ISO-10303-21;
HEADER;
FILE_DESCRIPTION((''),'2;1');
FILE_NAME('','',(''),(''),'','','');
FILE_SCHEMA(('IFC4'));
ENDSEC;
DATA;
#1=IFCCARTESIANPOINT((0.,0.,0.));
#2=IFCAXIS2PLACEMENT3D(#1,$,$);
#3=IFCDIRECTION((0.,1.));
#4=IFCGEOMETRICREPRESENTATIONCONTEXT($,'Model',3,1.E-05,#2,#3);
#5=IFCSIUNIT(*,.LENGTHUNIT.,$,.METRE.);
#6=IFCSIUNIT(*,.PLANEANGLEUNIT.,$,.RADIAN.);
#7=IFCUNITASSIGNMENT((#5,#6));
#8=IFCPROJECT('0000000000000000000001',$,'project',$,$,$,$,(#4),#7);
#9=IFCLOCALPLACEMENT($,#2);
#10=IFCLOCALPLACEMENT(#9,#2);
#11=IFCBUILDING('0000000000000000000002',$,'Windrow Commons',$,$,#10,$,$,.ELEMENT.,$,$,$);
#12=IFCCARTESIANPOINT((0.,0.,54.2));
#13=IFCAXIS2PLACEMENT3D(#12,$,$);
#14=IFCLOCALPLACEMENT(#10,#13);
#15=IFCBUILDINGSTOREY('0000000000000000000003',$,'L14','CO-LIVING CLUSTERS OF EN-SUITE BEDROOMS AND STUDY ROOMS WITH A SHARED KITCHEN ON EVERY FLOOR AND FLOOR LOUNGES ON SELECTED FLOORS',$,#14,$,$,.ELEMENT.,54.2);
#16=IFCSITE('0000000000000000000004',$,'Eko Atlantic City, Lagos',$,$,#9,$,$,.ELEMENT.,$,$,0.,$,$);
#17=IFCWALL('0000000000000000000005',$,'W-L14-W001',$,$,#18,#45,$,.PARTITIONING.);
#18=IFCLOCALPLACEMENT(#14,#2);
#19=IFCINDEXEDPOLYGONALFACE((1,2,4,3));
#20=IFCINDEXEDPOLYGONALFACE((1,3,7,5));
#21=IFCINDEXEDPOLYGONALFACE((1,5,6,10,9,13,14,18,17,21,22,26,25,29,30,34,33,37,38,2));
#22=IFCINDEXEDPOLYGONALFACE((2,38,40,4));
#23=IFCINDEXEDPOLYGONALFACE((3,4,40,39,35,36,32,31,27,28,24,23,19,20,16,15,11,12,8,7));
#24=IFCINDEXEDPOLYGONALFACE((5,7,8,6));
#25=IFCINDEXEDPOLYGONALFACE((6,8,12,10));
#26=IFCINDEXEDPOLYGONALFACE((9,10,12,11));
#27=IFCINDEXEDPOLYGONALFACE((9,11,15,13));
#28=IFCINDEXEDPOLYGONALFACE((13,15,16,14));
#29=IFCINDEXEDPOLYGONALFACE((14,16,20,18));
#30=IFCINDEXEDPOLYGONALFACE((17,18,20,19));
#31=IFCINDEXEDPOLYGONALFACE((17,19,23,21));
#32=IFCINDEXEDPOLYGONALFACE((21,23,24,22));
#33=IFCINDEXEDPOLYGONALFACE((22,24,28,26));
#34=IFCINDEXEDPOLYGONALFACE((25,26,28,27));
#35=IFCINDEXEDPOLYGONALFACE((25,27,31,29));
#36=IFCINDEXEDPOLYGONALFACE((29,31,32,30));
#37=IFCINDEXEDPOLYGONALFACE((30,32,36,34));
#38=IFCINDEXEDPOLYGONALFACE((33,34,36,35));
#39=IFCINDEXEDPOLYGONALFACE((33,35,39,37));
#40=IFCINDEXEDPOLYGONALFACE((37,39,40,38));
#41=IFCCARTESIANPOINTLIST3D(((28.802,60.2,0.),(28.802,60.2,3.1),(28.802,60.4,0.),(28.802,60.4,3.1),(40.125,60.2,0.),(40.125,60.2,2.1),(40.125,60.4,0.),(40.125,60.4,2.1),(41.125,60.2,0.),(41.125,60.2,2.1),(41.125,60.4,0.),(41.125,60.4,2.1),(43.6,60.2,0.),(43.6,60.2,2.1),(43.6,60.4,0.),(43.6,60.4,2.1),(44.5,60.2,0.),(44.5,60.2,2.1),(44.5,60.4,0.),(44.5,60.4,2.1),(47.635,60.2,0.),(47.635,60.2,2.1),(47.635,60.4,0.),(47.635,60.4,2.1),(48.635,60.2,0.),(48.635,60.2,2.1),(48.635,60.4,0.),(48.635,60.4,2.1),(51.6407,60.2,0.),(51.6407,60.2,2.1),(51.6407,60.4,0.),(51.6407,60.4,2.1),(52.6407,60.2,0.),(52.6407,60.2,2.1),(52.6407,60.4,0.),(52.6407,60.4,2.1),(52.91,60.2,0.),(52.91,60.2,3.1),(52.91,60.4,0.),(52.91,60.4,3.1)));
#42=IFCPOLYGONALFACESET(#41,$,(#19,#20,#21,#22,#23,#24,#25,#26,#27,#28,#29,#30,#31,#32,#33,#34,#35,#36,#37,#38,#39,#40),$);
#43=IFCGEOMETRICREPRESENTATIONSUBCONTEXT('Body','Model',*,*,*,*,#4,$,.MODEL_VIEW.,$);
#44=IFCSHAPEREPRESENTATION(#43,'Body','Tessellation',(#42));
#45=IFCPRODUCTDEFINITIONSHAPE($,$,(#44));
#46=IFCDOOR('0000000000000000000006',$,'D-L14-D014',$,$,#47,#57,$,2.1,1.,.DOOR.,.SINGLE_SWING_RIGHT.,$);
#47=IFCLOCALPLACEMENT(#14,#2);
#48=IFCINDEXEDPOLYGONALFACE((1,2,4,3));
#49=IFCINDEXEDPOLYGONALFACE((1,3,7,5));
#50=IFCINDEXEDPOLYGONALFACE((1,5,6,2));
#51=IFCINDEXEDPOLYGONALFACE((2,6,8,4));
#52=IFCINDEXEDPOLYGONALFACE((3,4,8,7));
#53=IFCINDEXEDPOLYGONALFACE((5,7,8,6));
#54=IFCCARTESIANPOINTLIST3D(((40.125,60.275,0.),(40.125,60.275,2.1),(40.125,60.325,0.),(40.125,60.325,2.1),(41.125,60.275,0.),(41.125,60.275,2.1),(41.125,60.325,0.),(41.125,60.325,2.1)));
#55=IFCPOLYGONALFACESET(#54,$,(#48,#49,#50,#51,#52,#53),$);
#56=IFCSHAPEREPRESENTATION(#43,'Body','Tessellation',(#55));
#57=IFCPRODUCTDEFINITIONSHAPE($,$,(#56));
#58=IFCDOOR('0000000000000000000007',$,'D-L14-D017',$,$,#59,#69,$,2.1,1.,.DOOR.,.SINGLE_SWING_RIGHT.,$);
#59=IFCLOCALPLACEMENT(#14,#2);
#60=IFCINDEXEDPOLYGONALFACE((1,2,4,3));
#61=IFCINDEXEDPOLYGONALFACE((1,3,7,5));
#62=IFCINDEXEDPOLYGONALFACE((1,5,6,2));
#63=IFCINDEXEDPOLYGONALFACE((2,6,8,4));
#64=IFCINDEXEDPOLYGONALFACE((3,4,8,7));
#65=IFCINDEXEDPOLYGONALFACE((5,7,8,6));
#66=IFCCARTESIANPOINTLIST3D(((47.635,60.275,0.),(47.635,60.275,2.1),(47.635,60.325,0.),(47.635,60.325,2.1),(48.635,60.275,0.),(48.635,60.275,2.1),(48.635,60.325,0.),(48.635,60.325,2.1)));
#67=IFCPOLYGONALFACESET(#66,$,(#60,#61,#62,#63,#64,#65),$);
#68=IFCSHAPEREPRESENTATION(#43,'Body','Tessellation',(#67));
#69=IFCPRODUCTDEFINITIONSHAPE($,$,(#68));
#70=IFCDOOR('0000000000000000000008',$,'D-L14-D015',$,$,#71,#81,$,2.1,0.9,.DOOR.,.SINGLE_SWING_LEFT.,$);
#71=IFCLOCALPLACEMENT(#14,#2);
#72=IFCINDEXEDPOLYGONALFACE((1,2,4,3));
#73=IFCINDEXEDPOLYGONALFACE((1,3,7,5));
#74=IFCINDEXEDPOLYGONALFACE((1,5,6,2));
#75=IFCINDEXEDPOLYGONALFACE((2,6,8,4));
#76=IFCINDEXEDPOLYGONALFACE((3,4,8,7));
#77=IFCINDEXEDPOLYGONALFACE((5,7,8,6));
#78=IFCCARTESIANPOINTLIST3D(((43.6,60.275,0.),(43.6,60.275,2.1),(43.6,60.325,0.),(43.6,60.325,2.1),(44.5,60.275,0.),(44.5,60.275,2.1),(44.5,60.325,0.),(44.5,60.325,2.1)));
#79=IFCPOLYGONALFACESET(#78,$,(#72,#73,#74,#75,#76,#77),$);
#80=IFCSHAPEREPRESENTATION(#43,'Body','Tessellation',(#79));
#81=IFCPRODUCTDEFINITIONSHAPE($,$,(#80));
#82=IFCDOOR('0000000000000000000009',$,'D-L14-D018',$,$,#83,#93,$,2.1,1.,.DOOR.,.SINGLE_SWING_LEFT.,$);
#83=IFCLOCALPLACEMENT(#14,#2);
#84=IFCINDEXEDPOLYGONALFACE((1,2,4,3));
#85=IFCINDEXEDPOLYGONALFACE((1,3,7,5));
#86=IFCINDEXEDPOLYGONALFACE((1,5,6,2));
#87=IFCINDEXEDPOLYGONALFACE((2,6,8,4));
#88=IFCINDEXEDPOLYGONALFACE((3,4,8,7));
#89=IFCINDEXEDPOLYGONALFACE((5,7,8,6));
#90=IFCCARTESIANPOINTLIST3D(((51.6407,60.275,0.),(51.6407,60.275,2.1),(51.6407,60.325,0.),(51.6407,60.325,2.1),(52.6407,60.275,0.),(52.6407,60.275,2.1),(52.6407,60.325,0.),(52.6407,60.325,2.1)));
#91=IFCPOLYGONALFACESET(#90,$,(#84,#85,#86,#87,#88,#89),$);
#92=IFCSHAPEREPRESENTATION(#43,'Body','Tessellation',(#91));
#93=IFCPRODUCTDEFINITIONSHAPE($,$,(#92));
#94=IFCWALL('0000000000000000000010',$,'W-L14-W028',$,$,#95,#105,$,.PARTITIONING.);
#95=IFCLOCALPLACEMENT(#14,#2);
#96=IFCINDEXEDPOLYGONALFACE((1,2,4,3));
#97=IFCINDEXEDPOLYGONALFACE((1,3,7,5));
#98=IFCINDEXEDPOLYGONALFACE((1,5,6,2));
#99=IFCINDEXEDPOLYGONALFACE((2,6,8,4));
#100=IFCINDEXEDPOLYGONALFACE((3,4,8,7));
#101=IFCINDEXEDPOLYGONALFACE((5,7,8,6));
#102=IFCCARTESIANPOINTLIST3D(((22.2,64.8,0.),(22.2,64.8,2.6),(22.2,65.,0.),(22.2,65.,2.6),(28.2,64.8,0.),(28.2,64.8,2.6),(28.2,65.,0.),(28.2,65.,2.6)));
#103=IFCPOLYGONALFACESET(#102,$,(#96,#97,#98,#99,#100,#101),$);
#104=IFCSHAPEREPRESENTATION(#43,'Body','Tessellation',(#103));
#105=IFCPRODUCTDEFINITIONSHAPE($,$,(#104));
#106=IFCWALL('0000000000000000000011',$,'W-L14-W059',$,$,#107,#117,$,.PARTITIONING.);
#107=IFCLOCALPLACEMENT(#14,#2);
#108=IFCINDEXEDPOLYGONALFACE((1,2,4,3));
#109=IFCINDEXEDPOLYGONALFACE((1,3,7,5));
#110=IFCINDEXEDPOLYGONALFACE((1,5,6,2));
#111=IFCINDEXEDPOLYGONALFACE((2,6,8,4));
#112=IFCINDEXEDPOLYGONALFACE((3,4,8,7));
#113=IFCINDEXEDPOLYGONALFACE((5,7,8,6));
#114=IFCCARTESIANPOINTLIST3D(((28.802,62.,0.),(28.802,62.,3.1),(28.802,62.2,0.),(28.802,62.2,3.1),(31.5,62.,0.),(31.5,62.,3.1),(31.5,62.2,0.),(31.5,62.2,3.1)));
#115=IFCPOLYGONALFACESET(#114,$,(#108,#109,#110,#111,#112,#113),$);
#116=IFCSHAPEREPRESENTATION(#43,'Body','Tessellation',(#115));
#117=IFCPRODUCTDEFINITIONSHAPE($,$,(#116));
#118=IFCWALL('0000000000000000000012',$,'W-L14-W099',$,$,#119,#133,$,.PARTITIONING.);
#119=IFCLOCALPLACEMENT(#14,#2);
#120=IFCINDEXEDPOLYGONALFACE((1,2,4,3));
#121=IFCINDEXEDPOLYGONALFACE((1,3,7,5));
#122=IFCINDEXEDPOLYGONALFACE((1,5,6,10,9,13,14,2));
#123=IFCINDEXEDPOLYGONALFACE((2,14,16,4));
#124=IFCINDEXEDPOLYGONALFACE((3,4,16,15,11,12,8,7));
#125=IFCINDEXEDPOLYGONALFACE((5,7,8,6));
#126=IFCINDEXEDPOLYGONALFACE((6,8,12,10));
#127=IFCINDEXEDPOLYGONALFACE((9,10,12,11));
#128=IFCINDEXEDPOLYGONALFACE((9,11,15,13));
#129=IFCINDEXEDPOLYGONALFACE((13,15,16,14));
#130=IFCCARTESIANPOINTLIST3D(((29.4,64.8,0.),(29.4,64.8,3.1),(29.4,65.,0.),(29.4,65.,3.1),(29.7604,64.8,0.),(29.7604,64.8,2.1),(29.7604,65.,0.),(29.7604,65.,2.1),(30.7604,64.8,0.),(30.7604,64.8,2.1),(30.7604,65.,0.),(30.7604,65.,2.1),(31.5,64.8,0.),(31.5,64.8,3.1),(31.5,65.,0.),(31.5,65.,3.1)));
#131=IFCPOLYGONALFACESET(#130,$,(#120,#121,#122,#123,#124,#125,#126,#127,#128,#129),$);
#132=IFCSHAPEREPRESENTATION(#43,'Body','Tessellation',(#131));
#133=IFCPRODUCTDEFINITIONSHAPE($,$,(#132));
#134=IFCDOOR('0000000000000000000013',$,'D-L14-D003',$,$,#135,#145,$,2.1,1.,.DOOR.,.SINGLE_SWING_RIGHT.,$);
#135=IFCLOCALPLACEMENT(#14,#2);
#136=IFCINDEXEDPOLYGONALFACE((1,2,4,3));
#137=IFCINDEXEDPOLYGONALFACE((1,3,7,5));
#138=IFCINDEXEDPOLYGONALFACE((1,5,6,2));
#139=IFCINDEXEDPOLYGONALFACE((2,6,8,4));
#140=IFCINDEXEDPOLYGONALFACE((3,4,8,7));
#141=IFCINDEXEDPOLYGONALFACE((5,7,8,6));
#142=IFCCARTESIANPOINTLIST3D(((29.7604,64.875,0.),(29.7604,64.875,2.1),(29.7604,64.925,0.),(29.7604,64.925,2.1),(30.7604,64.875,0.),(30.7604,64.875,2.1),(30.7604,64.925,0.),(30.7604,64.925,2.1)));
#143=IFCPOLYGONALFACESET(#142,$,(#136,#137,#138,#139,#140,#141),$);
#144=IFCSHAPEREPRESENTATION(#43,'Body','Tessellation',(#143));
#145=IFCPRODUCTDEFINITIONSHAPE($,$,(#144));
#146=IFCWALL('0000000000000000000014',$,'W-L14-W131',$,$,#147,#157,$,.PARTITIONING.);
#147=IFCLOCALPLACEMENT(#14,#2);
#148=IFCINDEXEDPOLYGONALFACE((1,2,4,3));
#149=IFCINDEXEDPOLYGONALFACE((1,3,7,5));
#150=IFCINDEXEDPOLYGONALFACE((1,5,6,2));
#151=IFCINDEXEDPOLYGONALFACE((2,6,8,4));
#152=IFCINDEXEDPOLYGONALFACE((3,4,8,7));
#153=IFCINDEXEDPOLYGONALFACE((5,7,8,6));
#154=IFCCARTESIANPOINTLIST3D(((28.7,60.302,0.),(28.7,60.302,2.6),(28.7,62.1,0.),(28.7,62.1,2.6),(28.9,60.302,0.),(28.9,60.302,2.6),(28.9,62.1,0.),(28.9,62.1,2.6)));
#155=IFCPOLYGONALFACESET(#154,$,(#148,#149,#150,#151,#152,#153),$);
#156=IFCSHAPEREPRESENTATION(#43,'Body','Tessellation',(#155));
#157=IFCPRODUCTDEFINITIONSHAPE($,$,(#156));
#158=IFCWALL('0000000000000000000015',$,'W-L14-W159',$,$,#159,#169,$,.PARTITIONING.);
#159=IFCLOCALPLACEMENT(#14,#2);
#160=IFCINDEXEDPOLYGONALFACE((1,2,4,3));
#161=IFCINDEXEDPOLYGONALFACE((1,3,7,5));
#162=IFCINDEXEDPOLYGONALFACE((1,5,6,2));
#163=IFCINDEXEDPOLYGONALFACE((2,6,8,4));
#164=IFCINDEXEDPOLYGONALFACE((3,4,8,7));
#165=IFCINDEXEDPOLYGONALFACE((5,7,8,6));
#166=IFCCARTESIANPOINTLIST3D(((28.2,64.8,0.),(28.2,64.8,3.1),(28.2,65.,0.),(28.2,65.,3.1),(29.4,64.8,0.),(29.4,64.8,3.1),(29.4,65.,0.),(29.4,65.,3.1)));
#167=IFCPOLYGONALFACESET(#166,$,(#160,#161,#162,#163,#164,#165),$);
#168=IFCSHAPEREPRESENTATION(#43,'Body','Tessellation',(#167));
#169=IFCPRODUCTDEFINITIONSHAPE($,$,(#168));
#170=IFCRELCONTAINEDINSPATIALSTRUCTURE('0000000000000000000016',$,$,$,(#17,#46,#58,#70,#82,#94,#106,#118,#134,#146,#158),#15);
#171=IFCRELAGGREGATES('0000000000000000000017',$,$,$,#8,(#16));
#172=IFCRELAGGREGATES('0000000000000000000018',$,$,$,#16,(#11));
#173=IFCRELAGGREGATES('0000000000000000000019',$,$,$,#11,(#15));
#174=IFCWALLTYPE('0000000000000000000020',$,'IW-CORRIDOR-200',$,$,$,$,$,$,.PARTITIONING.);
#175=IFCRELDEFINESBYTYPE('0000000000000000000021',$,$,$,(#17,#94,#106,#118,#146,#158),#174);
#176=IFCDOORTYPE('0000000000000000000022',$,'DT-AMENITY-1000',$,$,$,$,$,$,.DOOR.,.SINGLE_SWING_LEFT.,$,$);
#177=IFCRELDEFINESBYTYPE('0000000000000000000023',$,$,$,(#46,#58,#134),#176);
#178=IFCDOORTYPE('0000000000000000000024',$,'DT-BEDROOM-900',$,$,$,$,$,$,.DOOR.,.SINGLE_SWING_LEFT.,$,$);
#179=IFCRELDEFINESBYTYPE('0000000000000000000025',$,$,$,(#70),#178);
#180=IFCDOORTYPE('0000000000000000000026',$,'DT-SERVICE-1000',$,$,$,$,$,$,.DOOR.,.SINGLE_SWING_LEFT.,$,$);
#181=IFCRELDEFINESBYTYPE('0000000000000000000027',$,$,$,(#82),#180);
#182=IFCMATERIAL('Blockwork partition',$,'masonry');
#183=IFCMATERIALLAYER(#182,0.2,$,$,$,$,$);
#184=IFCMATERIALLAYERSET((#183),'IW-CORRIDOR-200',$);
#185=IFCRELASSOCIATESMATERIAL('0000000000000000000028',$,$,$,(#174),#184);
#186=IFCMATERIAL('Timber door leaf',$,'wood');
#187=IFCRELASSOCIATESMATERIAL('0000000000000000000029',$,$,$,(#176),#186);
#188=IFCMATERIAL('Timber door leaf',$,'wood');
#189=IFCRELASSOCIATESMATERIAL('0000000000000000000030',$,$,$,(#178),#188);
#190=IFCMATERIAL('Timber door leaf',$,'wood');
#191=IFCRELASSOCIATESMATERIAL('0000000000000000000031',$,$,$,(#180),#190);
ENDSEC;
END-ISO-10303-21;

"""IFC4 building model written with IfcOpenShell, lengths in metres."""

from ifc_helpers import new_model, si_unit, direction, frame, frame_2d, origin, place, context, subcontext, project, spatial, rectangle, extrude, material, layer, layer_set, type_object, element, fill, save


model = new_model("IFC4")

# Units and contexts
model_context = context("Model", 3, precision=1e-05, world=origin(), true_north=direction((0.0, 1.0)))
body_context = subcontext(model_context, "Body", "Model", "MODEL_VIEW")
ifc_project = project(units=[si_unit("LENGTHUNIT", "METRE"), si_unit("PLANEANGLEUNIT", "RADIAN")], contexts=[model_context])

# Site, building, storey
site_placement = place(None, origin())
site = spatial("IfcSite", under=ifc_project, at=site_placement, Name="Eko Atlantic City, Lagos", CompositionType="ELEMENT", RefElevation=0.0)
building_placement = place(site_placement, origin())
building = spatial("IfcBuilding", under=site, at=building_placement, Name="Windrow Commons", CompositionType="ELEMENT")
storey_placement = place(building_placement, frame((0.0, 0.0, 54.2)))
storey = spatial("IfcBuildingStorey", under=building, at=storey_placement, Name="L14", Description="CO-LIVING CLUSTERS OF EN-SUITE BEDROOMS AND STUDY ROOMS WITH A SHARED KITCHEN ON EVERY FLOOR AND FLOOR LOUNGES ON SELECTED FLOORS", CompositionType="ELEMENT", Elevation=54.2)

# Wall, openings, doors
ifc_material_1 = material(Name="Blockwork partition", Category="masonry")
ifc_layer_1 = layer(ifc_material_1, 0.2)
ifc_layer_set_1 = layer_set([ifc_layer_1], Name="IW-CORRIDOR-200")
wall_type_1 = type_object("IfcWallType", Name="IW-CORRIDOR-200", PredefinedType="PARTITIONING", material=ifc_layer_set_1)
wall_1_placement = place(storey_placement, frame((28.802, 60.3, 0.0), z_axis=(0.0, 0.0, 1.0), x_axis=(1.0, 0.0, 0.0)))
wall_1 = element("IfcWall", 1, at=wall_1_placement, inside=storey, type_object=wall_type_1, Name="W-L14-W001", PredefinedType="PARTITIONING", context=body_context, shape_type="SweptSolid", body=[
    extrude(rectangle(XDim=24.108, YDim=0.2, at=frame_2d((12.054, 0.0))), origin(), (0.0, 0.0, 1.0), 3.1),
])
opening_1_placement = place(wall_1_placement, frame((11.323, 0.0, 0.0)))
opening_1 = element("IfcOpeningElement", 2, at=opening_1_placement, cuts=wall_1, PredefinedType="OPENING", context=body_context, shape_type="SweptSolid", body=[
    extrude(rectangle(XDim=1.0, YDim=2.1, at=frame_2d((0.5, 1.05))), frame((0.0, 0.11, 0.0), z_axis=(0.0, -1.0, 0.0), x_axis=(1.0, 0.0, 0.0)), (0.0, 0.0, 1.0), 0.22),
])
opening_2_placement = place(wall_1_placement, frame((14.798, 0.0, 0.0)))
opening_2 = element("IfcOpeningElement", 3, at=opening_2_placement, cuts=wall_1, PredefinedType="OPENING", context=body_context, shape_type="SweptSolid", body=[
    extrude(rectangle(XDim=0.9, YDim=2.1, at=frame_2d((0.45, 1.05))), frame((0.0, 0.11, 0.0), z_axis=(0.0, -1.0, 0.0), x_axis=(1.0, 0.0, 0.0)), (0.0, 0.0, 1.0), 0.22),
])
opening_3_placement = place(wall_1_placement, frame((18.833, 0.0, 0.0)))
opening_3 = element("IfcOpeningElement", 4, at=opening_3_placement, cuts=wall_1, PredefinedType="OPENING", context=body_context, shape_type="SweptSolid", body=[
    extrude(rectangle(XDim=1.0, YDim=2.1, at=frame_2d((0.5, 1.05))), frame((0.0, 0.11, 0.0), z_axis=(0.0, -1.0, 0.0), x_axis=(1.0, 0.0, 0.0)), (0.0, 0.0, 1.0), 0.22),
])
opening_4_placement = place(wall_1_placement, frame((22.8387, 0.0, 0.0)))
opening_4 = element("IfcOpeningElement", 5, at=opening_4_placement, cuts=wall_1, PredefinedType="OPENING", context=body_context, shape_type="SweptSolid", body=[
    extrude(rectangle(XDim=1.0, YDim=2.1, at=frame_2d((0.5, 1.05))), frame((0.0, 0.11, 0.0), z_axis=(0.0, -1.0, 0.0), x_axis=(1.0, 0.0, 0.0)), (0.0, 0.0, 1.0), 0.22),
])
ifc_material_2 = material(Name="Timber door leaf", Category="wood")
door_type_1 = type_object("IfcDoorType", Name="DT-AMENITY-1000", OperationType="SINGLE_SWING_LEFT", PredefinedType="DOOR", material=ifc_material_2)
door_1_placement = place(opening_1_placement, origin())
door_1 = element("IfcDoor", 6, at=door_1_placement, inside=storey, type_object=door_type_1, Name="D-L14-D014", OperationType="SINGLE_SWING_RIGHT", OverallHeight=2.1, OverallWidth=1.0, PredefinedType="DOOR", context=body_context, shape_type="SweptSolid", body=[
    extrude(rectangle(XDim=1.0, YDim=2.1, at=frame_2d((0.5, 1.05))), frame((0.0, 0.025, 0.0), z_axis=(0.0, -1.0, 0.0), x_axis=(1.0, 0.0, 0.0)), (0.0, 0.0, 1.0), 0.05),
])
fill(opening_1, door_1)
door_2_placement = place(opening_3_placement, origin())
door_2 = element("IfcDoor", 7, at=door_2_placement, inside=storey, type_object=door_type_1, Name="D-L14-D017", OperationType="SINGLE_SWING_RIGHT", OverallHeight=2.1, OverallWidth=1.0, PredefinedType="DOOR", context=body_context, shape_type="SweptSolid", body=[
    extrude(rectangle(XDim=1.0, YDim=2.1, at=frame_2d((0.5, 1.05))), frame((0.0, 0.025, 0.0), z_axis=(0.0, -1.0, 0.0), x_axis=(1.0, 0.0, 0.0)), (0.0, 0.0, 1.0), 0.05),
])
fill(opening_3, door_2)
ifc_material_3 = material(Name="Timber door leaf", Category="wood")
door_type_2 = type_object("IfcDoorType", Name="DT-BEDROOM-900", OperationType="SINGLE_SWING_LEFT", PredefinedType="DOOR", material=ifc_material_3)
door_3_placement = place(opening_2_placement, origin())
door_3 = element("IfcDoor", 8, at=door_3_placement, inside=storey, type_object=door_type_2, Name="D-L14-D015", OperationType="SINGLE_SWING_LEFT", OverallHeight=2.1, OverallWidth=0.9, PredefinedType="DOOR", context=body_context, shape_type="SweptSolid", body=[
    extrude(rectangle(XDim=0.9, YDim=2.1, at=frame_2d((0.45, 1.05))), frame((0.0, 0.025, 0.0), z_axis=(0.0, -1.0, 0.0), x_axis=(1.0, 0.0, 0.0)), (0.0, 0.0, 1.0), 0.05),
])
fill(opening_2, door_3)
ifc_material_4 = material(Name="Timber door leaf", Category="wood")
door_type_3 = type_object("IfcDoorType", Name="DT-SERVICE-1000", OperationType="SINGLE_SWING_LEFT", PredefinedType="DOOR", material=ifc_material_4)
door_4_placement = place(opening_4_placement, origin())
door_4 = element("IfcDoor", 9, at=door_4_placement, inside=storey, type_object=door_type_3, Name="D-L14-D018", OperationType="SINGLE_SWING_LEFT", OverallHeight=2.1, OverallWidth=1.0, PredefinedType="DOOR", context=body_context, shape_type="SweptSolid", body=[
    extrude(rectangle(XDim=1.0, YDim=2.1, at=frame_2d((0.5, 1.05))), frame((0.0, 0.025, 0.0), z_axis=(0.0, -1.0, 0.0), x_axis=(1.0, 0.0, 0.0)), (0.0, 0.0, 1.0), 0.05),
])
fill(opening_4, door_4)

# Walls
wall_2_placement = place(storey_placement, frame((22.2, 64.9, 0.0), z_axis=(0.0, 0.0, 1.0), x_axis=(1.0, 0.0, 0.0)))
element("IfcWall", 10, at=wall_2_placement, inside=storey, type_object=wall_type_1, Name="W-L14-W028", PredefinedType="PARTITIONING", context=body_context, shape_type="SweptSolid", body=[
    extrude(rectangle(XDim=6.0, YDim=0.2, at=frame_2d((3.0, 0.0))), origin(), (0.0, 0.0, 1.0), 2.6),
])
wall_3_placement = place(storey_placement, frame((28.802, 62.1, 0.0), z_axis=(0.0, 0.0, 1.0), x_axis=(1.0, 0.0, 0.0)))
element("IfcWall", 11, at=wall_3_placement, inside=storey, type_object=wall_type_1, Name="W-L14-W059", PredefinedType="PARTITIONING", context=body_context, shape_type="SweptSolid", body=[
    extrude(rectangle(XDim=2.698, YDim=0.2, at=frame_2d((1.349, 0.0))), origin(), (0.0, 0.0, 1.0), 3.1),
])

# Wall, opening, door
wall_4_placement = place(storey_placement, frame((29.4, 64.9, 0.0), z_axis=(0.0, 0.0, 1.0), x_axis=(1.0, 0.0, 0.0)))
wall_4 = element("IfcWall", 12, at=wall_4_placement, inside=storey, type_object=wall_type_1, Name="W-L14-W099", PredefinedType="PARTITIONING", context=body_context, shape_type="SweptSolid", body=[
    extrude(rectangle(XDim=2.1, YDim=0.2, at=frame_2d((1.05, 0.0))), origin(), (0.0, 0.0, 1.0), 3.1),
])
opening_5_placement = place(wall_4_placement, frame((0.3604, 0.0, 0.0)))
opening_5 = element("IfcOpeningElement", 13, at=opening_5_placement, cuts=wall_4, PredefinedType="OPENING", context=body_context, shape_type="SweptSolid", body=[
    extrude(rectangle(XDim=1.0, YDim=2.1, at=frame_2d((0.5, 1.05))), frame((0.0, 0.11, 0.0), z_axis=(0.0, -1.0, 0.0), x_axis=(1.0, 0.0, 0.0)), (0.0, 0.0, 1.0), 0.22),
])
door_5_placement = place(opening_5_placement, origin())
door_5 = element("IfcDoor", 14, at=door_5_placement, inside=storey, type_object=door_type_1, Name="D-L14-D003", OperationType="SINGLE_SWING_RIGHT", OverallHeight=2.1, OverallWidth=1.0, PredefinedType="DOOR", context=body_context, shape_type="SweptSolid", body=[
    extrude(rectangle(XDim=1.0, YDim=2.1, at=frame_2d((0.5, 1.05))), frame((0.0, 0.025, 0.0), z_axis=(0.0, -1.0, 0.0), x_axis=(1.0, 0.0, 0.0)), (0.0, 0.0, 1.0), 0.05),
])
fill(opening_5, door_5)

# Walls
wall_5_placement = place(storey_placement, frame((28.8, 60.302, 0.0), z_axis=(0.0, 0.0, 1.0), x_axis=(0.0, 1.0, 0.0)))
element("IfcWall", 15, at=wall_5_placement, inside=storey, type_object=wall_type_1, Name="W-L14-W131", PredefinedType="PARTITIONING", context=body_context, shape_type="SweptSolid", body=[
    extrude(rectangle(XDim=1.798, YDim=0.2, at=frame_2d((0.899, 0.0))), origin(), (0.0, 0.0, 1.0), 2.6),
])
wall_6_placement = place(storey_placement, frame((28.2, 64.9, 0.0), z_axis=(0.0, 0.0, 1.0), x_axis=(1.0, 0.0, 0.0)))
element("IfcWall", 16, at=wall_6_placement, inside=storey, type_object=wall_type_1, Name="W-L14-W159", PredefinedType="PARTITIONING", context=body_context, shape_type="SweptSolid", body=[
    extrude(rectangle(XDim=1.2, YDim=0.2, at=frame_2d((0.6, 0.0))), origin(), (0.0, 0.0, 1.0), 3.1),
])

save(model, "model.ifc")
